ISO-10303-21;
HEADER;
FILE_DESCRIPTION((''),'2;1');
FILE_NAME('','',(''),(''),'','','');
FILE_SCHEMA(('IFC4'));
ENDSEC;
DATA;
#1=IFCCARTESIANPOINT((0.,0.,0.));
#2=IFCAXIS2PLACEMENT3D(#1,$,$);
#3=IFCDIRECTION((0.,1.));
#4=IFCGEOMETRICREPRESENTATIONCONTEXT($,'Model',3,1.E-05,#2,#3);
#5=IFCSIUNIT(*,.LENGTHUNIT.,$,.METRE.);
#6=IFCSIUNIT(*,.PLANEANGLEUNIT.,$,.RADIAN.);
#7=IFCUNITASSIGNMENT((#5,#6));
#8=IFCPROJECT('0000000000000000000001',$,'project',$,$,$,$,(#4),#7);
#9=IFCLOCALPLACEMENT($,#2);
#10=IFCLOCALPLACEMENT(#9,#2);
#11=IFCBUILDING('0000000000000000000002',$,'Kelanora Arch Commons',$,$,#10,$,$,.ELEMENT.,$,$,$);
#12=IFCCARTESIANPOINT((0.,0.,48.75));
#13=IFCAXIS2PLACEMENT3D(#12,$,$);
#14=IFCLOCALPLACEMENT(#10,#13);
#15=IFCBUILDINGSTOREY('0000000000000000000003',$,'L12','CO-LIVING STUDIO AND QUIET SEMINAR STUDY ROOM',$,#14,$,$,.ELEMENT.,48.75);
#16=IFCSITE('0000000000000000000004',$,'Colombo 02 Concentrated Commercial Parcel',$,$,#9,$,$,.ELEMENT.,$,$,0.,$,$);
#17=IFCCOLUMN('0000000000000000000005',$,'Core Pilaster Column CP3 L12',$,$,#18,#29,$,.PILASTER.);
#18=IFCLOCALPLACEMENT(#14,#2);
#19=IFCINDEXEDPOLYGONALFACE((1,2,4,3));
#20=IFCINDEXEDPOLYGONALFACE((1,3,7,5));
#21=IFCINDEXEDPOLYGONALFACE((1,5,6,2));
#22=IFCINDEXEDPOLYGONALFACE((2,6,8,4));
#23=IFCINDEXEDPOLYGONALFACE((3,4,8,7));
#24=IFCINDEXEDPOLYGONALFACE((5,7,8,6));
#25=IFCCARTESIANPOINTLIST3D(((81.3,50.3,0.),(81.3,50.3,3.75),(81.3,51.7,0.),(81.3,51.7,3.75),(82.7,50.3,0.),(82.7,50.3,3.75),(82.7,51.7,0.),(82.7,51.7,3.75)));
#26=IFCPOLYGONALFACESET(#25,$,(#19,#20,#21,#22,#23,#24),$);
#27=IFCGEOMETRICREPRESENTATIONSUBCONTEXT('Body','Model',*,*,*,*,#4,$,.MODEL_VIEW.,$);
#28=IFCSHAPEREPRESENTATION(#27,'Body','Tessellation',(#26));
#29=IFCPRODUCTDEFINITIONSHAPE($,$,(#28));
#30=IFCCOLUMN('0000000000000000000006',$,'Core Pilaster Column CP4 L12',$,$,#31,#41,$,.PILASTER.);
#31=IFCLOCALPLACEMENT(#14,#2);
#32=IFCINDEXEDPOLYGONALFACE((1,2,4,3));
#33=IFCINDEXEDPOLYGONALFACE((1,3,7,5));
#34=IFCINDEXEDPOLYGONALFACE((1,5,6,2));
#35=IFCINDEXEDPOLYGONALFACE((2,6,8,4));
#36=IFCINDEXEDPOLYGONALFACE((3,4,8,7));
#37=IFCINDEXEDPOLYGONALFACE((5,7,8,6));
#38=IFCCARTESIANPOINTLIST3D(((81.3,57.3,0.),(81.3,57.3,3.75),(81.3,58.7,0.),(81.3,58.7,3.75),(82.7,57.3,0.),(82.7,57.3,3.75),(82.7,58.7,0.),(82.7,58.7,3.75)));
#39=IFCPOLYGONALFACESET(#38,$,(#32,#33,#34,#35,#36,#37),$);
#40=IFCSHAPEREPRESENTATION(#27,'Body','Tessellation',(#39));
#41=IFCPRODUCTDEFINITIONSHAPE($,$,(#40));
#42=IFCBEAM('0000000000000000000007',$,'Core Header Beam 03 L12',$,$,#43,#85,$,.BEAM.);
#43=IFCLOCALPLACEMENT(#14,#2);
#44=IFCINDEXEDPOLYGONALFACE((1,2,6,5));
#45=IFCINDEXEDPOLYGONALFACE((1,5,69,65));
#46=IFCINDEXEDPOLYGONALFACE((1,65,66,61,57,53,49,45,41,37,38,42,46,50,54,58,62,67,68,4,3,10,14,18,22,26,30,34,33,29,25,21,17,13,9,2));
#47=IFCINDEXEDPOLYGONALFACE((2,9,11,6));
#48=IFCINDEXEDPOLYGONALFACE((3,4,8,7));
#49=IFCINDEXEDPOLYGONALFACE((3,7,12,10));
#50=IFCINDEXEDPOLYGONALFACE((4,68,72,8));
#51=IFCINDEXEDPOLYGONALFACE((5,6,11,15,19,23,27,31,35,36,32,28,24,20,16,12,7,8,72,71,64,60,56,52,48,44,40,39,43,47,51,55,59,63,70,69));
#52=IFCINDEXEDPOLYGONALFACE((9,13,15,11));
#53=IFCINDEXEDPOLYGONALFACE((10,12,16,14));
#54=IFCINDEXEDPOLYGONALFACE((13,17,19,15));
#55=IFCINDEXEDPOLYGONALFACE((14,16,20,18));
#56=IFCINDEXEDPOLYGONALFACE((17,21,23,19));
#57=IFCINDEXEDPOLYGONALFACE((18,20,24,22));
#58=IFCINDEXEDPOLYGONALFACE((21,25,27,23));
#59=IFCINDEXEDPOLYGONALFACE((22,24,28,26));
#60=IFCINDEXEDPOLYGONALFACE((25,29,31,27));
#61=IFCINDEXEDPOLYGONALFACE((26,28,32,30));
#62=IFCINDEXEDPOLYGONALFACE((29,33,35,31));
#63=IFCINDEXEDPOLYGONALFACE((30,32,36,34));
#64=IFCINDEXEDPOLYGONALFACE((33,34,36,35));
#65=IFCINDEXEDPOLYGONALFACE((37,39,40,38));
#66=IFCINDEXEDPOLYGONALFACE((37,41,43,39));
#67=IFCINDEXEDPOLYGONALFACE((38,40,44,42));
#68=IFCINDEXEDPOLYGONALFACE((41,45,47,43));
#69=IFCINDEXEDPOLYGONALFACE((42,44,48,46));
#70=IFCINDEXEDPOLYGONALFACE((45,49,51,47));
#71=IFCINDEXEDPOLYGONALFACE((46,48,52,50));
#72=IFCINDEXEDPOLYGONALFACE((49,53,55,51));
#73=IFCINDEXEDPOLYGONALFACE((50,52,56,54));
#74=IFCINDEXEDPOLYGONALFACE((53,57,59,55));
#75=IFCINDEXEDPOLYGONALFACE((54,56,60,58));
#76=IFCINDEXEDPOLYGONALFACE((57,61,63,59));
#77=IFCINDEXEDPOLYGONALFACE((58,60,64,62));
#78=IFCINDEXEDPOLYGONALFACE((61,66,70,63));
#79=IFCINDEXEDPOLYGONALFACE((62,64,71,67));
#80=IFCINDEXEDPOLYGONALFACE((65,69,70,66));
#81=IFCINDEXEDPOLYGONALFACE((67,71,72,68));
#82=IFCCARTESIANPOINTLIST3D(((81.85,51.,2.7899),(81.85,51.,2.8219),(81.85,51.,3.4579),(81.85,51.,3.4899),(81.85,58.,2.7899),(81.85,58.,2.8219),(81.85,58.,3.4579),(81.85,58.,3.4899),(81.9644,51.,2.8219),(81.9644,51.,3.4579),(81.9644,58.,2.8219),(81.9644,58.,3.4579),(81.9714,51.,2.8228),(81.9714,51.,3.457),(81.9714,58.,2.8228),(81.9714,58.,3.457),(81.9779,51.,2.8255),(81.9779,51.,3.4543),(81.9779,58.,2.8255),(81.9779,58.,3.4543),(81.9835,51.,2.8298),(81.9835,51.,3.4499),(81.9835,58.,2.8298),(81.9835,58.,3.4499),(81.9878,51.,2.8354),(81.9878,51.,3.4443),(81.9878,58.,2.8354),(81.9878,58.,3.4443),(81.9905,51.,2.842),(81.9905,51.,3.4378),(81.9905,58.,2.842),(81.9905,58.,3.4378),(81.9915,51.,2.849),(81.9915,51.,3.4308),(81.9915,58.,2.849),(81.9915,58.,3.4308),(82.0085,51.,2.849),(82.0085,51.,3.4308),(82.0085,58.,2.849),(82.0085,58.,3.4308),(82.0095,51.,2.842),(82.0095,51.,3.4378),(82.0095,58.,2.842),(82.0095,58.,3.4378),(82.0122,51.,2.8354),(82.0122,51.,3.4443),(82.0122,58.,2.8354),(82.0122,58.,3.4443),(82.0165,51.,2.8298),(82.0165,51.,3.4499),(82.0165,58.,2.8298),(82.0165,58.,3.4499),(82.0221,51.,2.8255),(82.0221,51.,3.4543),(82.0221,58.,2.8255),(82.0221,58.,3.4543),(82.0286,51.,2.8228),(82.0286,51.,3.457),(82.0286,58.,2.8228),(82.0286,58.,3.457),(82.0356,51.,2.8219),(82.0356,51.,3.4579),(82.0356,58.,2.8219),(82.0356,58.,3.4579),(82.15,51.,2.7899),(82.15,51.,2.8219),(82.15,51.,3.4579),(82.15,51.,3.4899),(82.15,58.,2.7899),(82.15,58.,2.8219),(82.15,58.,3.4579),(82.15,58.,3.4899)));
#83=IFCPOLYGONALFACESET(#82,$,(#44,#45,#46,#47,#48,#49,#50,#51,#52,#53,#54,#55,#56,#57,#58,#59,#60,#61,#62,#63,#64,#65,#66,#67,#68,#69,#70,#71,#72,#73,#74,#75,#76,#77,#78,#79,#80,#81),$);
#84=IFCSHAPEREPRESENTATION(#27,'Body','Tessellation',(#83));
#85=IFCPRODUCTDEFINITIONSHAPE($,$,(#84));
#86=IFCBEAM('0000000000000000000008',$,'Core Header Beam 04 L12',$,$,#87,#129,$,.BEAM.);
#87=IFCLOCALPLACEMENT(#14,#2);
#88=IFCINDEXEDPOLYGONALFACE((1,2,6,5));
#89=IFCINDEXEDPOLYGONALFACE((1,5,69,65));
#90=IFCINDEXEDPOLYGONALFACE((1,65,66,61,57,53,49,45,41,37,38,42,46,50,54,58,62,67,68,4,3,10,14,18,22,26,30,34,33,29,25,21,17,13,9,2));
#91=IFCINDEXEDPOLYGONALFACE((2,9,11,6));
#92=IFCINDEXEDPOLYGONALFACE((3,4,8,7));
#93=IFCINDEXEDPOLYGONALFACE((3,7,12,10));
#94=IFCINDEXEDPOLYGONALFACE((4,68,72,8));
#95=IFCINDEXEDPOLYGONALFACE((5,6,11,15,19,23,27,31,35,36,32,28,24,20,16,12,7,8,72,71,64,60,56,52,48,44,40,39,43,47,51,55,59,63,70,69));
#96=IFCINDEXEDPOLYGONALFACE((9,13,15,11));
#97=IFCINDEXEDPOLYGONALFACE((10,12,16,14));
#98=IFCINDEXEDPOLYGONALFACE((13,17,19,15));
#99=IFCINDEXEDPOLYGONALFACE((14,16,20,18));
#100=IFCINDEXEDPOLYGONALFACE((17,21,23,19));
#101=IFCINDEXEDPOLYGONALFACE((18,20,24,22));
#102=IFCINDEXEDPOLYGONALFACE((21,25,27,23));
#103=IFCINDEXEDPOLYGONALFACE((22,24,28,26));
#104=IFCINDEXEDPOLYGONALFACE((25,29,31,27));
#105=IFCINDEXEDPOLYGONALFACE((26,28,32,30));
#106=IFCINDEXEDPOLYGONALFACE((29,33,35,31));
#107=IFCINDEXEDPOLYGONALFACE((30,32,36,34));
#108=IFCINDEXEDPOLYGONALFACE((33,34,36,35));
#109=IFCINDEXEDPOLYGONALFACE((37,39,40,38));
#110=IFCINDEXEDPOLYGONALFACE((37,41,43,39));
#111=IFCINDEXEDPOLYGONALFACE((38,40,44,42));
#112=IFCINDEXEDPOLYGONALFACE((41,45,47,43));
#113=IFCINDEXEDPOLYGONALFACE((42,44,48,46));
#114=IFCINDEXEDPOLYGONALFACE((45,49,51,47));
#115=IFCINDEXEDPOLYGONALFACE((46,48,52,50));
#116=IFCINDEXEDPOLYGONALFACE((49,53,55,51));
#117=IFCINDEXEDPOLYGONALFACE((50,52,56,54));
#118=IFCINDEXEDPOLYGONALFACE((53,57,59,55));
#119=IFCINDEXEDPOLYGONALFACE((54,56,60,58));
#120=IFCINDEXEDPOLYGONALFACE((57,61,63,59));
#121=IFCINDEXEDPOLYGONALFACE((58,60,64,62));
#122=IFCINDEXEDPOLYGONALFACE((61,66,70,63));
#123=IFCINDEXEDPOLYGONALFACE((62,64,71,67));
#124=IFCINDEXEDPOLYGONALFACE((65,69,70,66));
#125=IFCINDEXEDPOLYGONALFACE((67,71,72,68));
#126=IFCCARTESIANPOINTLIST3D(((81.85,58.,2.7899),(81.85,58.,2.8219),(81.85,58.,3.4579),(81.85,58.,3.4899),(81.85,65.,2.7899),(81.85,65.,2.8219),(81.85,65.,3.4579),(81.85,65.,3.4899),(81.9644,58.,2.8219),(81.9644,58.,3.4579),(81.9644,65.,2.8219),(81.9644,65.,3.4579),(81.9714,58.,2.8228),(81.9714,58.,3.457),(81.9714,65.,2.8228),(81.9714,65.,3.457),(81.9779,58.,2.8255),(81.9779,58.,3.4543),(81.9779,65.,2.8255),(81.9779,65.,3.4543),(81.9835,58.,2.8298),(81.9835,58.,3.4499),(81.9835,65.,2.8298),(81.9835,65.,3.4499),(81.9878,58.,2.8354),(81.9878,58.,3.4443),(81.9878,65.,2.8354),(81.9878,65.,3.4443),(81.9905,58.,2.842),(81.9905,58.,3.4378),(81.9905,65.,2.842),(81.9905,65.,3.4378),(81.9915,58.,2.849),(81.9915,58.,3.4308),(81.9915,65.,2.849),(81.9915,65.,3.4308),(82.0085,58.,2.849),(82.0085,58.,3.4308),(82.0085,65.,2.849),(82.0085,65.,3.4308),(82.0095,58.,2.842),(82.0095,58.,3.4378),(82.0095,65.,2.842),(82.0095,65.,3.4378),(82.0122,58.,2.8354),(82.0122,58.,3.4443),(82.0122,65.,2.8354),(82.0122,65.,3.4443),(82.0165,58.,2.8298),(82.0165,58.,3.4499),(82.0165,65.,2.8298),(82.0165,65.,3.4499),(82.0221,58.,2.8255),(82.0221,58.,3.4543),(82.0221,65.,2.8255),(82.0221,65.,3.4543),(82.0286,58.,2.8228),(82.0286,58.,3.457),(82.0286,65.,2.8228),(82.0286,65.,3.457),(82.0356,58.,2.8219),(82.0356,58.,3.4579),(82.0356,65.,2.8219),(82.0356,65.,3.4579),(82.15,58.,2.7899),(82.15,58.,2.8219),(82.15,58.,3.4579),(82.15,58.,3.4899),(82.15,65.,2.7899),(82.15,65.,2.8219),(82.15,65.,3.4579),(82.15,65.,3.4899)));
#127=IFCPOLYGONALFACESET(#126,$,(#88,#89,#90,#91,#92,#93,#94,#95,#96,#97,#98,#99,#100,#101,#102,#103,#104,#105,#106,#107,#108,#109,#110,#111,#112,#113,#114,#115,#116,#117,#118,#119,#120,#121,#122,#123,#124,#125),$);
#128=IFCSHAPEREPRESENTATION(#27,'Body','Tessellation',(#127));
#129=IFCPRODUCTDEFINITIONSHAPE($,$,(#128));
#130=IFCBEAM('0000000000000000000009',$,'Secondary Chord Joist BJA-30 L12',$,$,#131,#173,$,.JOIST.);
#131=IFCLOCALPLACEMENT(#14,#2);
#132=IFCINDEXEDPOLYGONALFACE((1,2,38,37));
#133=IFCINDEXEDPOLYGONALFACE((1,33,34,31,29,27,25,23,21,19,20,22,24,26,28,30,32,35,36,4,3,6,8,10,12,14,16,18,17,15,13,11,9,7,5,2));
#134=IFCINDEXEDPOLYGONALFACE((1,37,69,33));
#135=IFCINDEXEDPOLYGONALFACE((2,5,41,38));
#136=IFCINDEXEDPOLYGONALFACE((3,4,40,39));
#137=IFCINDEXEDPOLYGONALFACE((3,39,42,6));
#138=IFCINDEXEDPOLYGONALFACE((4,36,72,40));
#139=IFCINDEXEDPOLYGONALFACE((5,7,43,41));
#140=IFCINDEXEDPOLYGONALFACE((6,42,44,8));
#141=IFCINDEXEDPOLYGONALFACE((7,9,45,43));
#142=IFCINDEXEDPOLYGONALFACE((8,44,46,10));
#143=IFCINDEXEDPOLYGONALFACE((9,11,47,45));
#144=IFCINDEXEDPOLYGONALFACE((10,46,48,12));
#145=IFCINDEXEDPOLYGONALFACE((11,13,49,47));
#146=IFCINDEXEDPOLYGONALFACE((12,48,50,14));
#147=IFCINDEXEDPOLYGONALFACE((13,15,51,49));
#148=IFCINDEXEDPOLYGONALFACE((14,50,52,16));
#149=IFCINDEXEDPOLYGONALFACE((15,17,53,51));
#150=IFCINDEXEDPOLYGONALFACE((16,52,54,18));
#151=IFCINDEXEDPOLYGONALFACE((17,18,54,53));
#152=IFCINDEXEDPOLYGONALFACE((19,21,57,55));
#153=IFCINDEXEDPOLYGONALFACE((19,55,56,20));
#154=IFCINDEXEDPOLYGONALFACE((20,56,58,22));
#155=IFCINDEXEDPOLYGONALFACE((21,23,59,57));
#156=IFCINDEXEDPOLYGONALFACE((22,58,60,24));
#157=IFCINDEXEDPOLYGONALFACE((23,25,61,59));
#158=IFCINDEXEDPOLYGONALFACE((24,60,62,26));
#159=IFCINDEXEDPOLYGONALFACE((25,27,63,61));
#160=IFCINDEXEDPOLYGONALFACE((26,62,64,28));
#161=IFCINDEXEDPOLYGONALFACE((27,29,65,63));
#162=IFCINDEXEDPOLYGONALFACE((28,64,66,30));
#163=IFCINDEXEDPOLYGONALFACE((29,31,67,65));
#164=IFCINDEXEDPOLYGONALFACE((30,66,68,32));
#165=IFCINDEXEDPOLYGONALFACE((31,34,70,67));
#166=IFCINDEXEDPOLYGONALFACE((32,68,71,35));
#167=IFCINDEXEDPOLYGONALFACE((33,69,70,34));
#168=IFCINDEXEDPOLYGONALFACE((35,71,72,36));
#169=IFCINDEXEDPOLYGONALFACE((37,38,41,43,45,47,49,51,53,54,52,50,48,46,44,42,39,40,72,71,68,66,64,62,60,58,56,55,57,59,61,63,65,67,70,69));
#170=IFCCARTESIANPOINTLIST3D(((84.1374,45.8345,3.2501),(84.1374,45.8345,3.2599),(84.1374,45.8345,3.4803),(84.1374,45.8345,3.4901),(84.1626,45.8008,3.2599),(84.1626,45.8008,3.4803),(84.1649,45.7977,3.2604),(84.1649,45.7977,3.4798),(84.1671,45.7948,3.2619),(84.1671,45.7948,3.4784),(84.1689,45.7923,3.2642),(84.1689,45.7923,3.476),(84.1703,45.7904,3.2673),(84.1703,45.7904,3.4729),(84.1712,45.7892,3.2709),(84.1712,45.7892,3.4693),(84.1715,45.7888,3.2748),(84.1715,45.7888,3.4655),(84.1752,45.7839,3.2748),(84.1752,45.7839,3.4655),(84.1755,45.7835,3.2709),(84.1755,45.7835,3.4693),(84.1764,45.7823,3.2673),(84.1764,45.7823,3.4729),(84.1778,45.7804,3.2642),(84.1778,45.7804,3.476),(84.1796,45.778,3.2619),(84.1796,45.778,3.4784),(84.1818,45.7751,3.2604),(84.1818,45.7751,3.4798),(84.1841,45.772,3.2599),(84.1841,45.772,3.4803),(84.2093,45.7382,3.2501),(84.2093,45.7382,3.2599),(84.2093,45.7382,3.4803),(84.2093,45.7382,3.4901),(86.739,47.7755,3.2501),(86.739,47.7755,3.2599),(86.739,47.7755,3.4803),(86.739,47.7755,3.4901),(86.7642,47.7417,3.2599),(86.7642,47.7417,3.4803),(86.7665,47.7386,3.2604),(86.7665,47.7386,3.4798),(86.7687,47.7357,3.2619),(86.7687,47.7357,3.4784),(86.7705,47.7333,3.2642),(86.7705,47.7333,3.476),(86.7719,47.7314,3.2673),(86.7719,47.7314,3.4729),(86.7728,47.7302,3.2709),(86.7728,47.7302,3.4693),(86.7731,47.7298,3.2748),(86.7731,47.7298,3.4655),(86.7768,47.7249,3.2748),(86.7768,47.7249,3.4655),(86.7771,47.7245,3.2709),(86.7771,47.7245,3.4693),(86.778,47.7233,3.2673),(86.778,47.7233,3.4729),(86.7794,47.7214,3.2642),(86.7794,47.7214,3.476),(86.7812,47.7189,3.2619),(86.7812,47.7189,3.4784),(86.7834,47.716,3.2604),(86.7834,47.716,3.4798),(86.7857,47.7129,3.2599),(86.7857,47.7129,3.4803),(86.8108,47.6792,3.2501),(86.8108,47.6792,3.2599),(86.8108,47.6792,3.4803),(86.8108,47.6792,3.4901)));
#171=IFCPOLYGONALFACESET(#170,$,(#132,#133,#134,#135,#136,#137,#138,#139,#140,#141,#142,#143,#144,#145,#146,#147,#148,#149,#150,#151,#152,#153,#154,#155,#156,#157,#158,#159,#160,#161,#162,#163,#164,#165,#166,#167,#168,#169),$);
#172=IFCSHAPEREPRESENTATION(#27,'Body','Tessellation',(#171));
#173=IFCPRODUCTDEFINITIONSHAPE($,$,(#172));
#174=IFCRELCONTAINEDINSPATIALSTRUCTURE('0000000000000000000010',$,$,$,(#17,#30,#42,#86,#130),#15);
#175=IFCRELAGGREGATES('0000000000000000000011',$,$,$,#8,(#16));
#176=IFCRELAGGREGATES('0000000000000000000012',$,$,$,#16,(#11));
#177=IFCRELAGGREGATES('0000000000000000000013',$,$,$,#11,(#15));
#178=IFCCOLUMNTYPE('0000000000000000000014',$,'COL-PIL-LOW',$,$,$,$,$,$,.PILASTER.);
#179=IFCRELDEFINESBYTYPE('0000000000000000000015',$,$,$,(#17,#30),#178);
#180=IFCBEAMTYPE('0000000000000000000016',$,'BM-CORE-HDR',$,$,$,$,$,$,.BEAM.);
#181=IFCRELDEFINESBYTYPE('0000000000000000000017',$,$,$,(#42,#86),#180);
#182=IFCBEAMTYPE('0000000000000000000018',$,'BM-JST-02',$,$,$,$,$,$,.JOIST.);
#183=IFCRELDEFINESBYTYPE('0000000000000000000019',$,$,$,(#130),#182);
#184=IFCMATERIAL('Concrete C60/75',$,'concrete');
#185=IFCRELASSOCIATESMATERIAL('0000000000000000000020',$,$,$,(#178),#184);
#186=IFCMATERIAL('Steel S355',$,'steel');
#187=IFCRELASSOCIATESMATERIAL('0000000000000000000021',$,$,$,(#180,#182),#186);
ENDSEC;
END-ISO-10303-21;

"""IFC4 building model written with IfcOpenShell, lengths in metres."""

from ifc_helpers import new_model, si_unit, direction, frame, origin, origin_2d, place, context, subcontext, project, spatial, rectangle, i_section, extrude, material, material_profile, profile_set, type_object, element, save


model = new_model("IFC4")

# Units and contexts
model_context = context("Model", 3, precision=1e-05, world=origin(), true_north=direction((0.0, 1.0)))
body_context = subcontext(model_context, "Body", "Model", "MODEL_VIEW")
ifc_project = project(units=[si_unit("LENGTHUNIT", "METRE"), si_unit("PLANEANGLEUNIT", "RADIAN")], contexts=[model_context])

# Site, building, storey
site_placement = place(None, origin())
site = spatial("IfcSite", under=ifc_project, at=site_placement, Name="Colombo 02 Concentrated Commercial Parcel", CompositionType="ELEMENT", RefElevation=0.0)
building_placement = place(site_placement, origin())
building = spatial("IfcBuilding", under=site, at=building_placement, Name="Kelanora Arch Commons", CompositionType="ELEMENT")
storey_placement = place(building_placement, frame((0.0, 0.0, 48.75)))
storey = spatial("IfcBuildingStorey", under=building, at=storey_placement, Name="L12", Description="CO-LIVING STUDIO AND QUIET SEMINAR STUDY ROOM", CompositionType="ELEMENT", Elevation=48.75)

# Columns
ifc_material_1 = material(Name="Concrete C60/75", Category="concrete")
ifc_material_profile_1 = material_profile(ifc_material_1, rectangle(XDim=1.3999, YDim=1.3999, at=origin_2d()), Name="RC1400x1400")
ifc_profile_set_1 = profile_set([ifc_material_profile_1], Name="Concrete C60/75")
column_type = type_object("IfcColumnType", Name="COL-PIL-LOW", PredefinedType="PILASTER", material=ifc_profile_set_1)
for number, where, z_axis, x_axis, name in (
    (1, (82.0, 51.0, 0.0), (0.0, 0.0, 1.0), (1.0, 0.0, 0.0), "Core Pilaster Column CP3 L12"),
    (2, (82.0, 58.0, 0.0), (0.0, 0.0, 1.0), (1.0, 0.0, 0.0), "Core Pilaster Column CP4 L12"),
):
    element("IfcColumn", number, at=place(storey_placement, frame(where, z_axis=z_axis, x_axis=x_axis)), inside=storey, type_object=column_type, Name=name, PredefinedType="PILASTER", context=body_context, shape_type="SweptSolid", body=[
        extrude(rectangle(XDim=1.3999, YDim=1.3999, at=origin_2d()), origin(), (0.0, 0.0, 1.0), 3.75),
    ])

# Beams
ifc_material_2 = material(Name="Steel S355", Category="steel")
ifc_material_profile_2 = material_profile(ifc_material_2, i_section(OverallWidth=0.3, OverallDepth=0.7, WebThickness=0.0171, FlangeThickness=0.032, FilletRadius=0.0271, at=origin_2d()), Name="HEB700")
ifc_profile_set_2 = profile_set([ifc_material_profile_2], Name="Steel S355")
beam_type_1 = type_object("IfcBeamType", Name="BM-CORE-HDR", PredefinedType="BEAM", material=ifc_profile_set_2)
for number, where, z_axis, x_axis, name in (
    (3, (82.0, 51.0, 3.1399), (0.0, 1.0, 0.0), (-1.0, 0.0, 0.0), "Core Header Beam 03 L12"),
    (4, (82.0, 58.0, 3.1399), (0.0, 1.0, 0.0), (-1.0, 0.0, 0.0), "Core Header Beam 04 L12"),
):
    element("IfcBeam", number, at=place(storey_placement, frame(where, z_axis=z_axis, x_axis=x_axis)), inside=storey, type_object=beam_type_1, Name=name, PredefinedType="BEAM", context=body_context, shape_type="SweptSolid", body=[
        extrude(i_section(OverallWidth=0.3, OverallDepth=0.7, WebThickness=0.0171, FlangeThickness=0.032, FilletRadius=0.0271, at=origin_2d()), origin(), (0.0, 0.0, 1.0), 7.0),
    ])
ifc_material_profile_3 = material_profile(ifc_material_2, i_section(OverallWidth=0.1201, OverallDepth=0.24, WebThickness=0.0061, FlangeThickness=0.0098, FilletRadius=0.0149, at=origin_2d()), Name="IPE240")
ifc_profile_set_3 = profile_set([ifc_material_profile_3], Name="Steel S355")
beam_type_2 = type_object("IfcBeamType", Name="BM-JST-02", PredefinedType="JOIST", material=ifc_profile_set_3)
beam_1_placement = place(storey_placement, frame((84.1733, 45.7864, 3.3701), z_axis=(0.801514, 0.597976, 0.0), x_axis=(-0.597976, 0.801514, 0.0)))
element("IfcBeam", 5, at=beam_1_placement, inside=storey, type_object=beam_type_2, Name="Secondary Chord Joist BJA-30 L12", PredefinedType="JOIST", context=body_context, shape_type="SweptSolid", body=[
    extrude(i_section(OverallWidth=0.1201, OverallDepth=0.24, WebThickness=0.0061, FlangeThickness=0.0098, FilletRadius=0.0149, at=origin_2d()), origin(), (0.0, 0.0, 1.0), 3.2458),
])

save(model, "model.ifc")
